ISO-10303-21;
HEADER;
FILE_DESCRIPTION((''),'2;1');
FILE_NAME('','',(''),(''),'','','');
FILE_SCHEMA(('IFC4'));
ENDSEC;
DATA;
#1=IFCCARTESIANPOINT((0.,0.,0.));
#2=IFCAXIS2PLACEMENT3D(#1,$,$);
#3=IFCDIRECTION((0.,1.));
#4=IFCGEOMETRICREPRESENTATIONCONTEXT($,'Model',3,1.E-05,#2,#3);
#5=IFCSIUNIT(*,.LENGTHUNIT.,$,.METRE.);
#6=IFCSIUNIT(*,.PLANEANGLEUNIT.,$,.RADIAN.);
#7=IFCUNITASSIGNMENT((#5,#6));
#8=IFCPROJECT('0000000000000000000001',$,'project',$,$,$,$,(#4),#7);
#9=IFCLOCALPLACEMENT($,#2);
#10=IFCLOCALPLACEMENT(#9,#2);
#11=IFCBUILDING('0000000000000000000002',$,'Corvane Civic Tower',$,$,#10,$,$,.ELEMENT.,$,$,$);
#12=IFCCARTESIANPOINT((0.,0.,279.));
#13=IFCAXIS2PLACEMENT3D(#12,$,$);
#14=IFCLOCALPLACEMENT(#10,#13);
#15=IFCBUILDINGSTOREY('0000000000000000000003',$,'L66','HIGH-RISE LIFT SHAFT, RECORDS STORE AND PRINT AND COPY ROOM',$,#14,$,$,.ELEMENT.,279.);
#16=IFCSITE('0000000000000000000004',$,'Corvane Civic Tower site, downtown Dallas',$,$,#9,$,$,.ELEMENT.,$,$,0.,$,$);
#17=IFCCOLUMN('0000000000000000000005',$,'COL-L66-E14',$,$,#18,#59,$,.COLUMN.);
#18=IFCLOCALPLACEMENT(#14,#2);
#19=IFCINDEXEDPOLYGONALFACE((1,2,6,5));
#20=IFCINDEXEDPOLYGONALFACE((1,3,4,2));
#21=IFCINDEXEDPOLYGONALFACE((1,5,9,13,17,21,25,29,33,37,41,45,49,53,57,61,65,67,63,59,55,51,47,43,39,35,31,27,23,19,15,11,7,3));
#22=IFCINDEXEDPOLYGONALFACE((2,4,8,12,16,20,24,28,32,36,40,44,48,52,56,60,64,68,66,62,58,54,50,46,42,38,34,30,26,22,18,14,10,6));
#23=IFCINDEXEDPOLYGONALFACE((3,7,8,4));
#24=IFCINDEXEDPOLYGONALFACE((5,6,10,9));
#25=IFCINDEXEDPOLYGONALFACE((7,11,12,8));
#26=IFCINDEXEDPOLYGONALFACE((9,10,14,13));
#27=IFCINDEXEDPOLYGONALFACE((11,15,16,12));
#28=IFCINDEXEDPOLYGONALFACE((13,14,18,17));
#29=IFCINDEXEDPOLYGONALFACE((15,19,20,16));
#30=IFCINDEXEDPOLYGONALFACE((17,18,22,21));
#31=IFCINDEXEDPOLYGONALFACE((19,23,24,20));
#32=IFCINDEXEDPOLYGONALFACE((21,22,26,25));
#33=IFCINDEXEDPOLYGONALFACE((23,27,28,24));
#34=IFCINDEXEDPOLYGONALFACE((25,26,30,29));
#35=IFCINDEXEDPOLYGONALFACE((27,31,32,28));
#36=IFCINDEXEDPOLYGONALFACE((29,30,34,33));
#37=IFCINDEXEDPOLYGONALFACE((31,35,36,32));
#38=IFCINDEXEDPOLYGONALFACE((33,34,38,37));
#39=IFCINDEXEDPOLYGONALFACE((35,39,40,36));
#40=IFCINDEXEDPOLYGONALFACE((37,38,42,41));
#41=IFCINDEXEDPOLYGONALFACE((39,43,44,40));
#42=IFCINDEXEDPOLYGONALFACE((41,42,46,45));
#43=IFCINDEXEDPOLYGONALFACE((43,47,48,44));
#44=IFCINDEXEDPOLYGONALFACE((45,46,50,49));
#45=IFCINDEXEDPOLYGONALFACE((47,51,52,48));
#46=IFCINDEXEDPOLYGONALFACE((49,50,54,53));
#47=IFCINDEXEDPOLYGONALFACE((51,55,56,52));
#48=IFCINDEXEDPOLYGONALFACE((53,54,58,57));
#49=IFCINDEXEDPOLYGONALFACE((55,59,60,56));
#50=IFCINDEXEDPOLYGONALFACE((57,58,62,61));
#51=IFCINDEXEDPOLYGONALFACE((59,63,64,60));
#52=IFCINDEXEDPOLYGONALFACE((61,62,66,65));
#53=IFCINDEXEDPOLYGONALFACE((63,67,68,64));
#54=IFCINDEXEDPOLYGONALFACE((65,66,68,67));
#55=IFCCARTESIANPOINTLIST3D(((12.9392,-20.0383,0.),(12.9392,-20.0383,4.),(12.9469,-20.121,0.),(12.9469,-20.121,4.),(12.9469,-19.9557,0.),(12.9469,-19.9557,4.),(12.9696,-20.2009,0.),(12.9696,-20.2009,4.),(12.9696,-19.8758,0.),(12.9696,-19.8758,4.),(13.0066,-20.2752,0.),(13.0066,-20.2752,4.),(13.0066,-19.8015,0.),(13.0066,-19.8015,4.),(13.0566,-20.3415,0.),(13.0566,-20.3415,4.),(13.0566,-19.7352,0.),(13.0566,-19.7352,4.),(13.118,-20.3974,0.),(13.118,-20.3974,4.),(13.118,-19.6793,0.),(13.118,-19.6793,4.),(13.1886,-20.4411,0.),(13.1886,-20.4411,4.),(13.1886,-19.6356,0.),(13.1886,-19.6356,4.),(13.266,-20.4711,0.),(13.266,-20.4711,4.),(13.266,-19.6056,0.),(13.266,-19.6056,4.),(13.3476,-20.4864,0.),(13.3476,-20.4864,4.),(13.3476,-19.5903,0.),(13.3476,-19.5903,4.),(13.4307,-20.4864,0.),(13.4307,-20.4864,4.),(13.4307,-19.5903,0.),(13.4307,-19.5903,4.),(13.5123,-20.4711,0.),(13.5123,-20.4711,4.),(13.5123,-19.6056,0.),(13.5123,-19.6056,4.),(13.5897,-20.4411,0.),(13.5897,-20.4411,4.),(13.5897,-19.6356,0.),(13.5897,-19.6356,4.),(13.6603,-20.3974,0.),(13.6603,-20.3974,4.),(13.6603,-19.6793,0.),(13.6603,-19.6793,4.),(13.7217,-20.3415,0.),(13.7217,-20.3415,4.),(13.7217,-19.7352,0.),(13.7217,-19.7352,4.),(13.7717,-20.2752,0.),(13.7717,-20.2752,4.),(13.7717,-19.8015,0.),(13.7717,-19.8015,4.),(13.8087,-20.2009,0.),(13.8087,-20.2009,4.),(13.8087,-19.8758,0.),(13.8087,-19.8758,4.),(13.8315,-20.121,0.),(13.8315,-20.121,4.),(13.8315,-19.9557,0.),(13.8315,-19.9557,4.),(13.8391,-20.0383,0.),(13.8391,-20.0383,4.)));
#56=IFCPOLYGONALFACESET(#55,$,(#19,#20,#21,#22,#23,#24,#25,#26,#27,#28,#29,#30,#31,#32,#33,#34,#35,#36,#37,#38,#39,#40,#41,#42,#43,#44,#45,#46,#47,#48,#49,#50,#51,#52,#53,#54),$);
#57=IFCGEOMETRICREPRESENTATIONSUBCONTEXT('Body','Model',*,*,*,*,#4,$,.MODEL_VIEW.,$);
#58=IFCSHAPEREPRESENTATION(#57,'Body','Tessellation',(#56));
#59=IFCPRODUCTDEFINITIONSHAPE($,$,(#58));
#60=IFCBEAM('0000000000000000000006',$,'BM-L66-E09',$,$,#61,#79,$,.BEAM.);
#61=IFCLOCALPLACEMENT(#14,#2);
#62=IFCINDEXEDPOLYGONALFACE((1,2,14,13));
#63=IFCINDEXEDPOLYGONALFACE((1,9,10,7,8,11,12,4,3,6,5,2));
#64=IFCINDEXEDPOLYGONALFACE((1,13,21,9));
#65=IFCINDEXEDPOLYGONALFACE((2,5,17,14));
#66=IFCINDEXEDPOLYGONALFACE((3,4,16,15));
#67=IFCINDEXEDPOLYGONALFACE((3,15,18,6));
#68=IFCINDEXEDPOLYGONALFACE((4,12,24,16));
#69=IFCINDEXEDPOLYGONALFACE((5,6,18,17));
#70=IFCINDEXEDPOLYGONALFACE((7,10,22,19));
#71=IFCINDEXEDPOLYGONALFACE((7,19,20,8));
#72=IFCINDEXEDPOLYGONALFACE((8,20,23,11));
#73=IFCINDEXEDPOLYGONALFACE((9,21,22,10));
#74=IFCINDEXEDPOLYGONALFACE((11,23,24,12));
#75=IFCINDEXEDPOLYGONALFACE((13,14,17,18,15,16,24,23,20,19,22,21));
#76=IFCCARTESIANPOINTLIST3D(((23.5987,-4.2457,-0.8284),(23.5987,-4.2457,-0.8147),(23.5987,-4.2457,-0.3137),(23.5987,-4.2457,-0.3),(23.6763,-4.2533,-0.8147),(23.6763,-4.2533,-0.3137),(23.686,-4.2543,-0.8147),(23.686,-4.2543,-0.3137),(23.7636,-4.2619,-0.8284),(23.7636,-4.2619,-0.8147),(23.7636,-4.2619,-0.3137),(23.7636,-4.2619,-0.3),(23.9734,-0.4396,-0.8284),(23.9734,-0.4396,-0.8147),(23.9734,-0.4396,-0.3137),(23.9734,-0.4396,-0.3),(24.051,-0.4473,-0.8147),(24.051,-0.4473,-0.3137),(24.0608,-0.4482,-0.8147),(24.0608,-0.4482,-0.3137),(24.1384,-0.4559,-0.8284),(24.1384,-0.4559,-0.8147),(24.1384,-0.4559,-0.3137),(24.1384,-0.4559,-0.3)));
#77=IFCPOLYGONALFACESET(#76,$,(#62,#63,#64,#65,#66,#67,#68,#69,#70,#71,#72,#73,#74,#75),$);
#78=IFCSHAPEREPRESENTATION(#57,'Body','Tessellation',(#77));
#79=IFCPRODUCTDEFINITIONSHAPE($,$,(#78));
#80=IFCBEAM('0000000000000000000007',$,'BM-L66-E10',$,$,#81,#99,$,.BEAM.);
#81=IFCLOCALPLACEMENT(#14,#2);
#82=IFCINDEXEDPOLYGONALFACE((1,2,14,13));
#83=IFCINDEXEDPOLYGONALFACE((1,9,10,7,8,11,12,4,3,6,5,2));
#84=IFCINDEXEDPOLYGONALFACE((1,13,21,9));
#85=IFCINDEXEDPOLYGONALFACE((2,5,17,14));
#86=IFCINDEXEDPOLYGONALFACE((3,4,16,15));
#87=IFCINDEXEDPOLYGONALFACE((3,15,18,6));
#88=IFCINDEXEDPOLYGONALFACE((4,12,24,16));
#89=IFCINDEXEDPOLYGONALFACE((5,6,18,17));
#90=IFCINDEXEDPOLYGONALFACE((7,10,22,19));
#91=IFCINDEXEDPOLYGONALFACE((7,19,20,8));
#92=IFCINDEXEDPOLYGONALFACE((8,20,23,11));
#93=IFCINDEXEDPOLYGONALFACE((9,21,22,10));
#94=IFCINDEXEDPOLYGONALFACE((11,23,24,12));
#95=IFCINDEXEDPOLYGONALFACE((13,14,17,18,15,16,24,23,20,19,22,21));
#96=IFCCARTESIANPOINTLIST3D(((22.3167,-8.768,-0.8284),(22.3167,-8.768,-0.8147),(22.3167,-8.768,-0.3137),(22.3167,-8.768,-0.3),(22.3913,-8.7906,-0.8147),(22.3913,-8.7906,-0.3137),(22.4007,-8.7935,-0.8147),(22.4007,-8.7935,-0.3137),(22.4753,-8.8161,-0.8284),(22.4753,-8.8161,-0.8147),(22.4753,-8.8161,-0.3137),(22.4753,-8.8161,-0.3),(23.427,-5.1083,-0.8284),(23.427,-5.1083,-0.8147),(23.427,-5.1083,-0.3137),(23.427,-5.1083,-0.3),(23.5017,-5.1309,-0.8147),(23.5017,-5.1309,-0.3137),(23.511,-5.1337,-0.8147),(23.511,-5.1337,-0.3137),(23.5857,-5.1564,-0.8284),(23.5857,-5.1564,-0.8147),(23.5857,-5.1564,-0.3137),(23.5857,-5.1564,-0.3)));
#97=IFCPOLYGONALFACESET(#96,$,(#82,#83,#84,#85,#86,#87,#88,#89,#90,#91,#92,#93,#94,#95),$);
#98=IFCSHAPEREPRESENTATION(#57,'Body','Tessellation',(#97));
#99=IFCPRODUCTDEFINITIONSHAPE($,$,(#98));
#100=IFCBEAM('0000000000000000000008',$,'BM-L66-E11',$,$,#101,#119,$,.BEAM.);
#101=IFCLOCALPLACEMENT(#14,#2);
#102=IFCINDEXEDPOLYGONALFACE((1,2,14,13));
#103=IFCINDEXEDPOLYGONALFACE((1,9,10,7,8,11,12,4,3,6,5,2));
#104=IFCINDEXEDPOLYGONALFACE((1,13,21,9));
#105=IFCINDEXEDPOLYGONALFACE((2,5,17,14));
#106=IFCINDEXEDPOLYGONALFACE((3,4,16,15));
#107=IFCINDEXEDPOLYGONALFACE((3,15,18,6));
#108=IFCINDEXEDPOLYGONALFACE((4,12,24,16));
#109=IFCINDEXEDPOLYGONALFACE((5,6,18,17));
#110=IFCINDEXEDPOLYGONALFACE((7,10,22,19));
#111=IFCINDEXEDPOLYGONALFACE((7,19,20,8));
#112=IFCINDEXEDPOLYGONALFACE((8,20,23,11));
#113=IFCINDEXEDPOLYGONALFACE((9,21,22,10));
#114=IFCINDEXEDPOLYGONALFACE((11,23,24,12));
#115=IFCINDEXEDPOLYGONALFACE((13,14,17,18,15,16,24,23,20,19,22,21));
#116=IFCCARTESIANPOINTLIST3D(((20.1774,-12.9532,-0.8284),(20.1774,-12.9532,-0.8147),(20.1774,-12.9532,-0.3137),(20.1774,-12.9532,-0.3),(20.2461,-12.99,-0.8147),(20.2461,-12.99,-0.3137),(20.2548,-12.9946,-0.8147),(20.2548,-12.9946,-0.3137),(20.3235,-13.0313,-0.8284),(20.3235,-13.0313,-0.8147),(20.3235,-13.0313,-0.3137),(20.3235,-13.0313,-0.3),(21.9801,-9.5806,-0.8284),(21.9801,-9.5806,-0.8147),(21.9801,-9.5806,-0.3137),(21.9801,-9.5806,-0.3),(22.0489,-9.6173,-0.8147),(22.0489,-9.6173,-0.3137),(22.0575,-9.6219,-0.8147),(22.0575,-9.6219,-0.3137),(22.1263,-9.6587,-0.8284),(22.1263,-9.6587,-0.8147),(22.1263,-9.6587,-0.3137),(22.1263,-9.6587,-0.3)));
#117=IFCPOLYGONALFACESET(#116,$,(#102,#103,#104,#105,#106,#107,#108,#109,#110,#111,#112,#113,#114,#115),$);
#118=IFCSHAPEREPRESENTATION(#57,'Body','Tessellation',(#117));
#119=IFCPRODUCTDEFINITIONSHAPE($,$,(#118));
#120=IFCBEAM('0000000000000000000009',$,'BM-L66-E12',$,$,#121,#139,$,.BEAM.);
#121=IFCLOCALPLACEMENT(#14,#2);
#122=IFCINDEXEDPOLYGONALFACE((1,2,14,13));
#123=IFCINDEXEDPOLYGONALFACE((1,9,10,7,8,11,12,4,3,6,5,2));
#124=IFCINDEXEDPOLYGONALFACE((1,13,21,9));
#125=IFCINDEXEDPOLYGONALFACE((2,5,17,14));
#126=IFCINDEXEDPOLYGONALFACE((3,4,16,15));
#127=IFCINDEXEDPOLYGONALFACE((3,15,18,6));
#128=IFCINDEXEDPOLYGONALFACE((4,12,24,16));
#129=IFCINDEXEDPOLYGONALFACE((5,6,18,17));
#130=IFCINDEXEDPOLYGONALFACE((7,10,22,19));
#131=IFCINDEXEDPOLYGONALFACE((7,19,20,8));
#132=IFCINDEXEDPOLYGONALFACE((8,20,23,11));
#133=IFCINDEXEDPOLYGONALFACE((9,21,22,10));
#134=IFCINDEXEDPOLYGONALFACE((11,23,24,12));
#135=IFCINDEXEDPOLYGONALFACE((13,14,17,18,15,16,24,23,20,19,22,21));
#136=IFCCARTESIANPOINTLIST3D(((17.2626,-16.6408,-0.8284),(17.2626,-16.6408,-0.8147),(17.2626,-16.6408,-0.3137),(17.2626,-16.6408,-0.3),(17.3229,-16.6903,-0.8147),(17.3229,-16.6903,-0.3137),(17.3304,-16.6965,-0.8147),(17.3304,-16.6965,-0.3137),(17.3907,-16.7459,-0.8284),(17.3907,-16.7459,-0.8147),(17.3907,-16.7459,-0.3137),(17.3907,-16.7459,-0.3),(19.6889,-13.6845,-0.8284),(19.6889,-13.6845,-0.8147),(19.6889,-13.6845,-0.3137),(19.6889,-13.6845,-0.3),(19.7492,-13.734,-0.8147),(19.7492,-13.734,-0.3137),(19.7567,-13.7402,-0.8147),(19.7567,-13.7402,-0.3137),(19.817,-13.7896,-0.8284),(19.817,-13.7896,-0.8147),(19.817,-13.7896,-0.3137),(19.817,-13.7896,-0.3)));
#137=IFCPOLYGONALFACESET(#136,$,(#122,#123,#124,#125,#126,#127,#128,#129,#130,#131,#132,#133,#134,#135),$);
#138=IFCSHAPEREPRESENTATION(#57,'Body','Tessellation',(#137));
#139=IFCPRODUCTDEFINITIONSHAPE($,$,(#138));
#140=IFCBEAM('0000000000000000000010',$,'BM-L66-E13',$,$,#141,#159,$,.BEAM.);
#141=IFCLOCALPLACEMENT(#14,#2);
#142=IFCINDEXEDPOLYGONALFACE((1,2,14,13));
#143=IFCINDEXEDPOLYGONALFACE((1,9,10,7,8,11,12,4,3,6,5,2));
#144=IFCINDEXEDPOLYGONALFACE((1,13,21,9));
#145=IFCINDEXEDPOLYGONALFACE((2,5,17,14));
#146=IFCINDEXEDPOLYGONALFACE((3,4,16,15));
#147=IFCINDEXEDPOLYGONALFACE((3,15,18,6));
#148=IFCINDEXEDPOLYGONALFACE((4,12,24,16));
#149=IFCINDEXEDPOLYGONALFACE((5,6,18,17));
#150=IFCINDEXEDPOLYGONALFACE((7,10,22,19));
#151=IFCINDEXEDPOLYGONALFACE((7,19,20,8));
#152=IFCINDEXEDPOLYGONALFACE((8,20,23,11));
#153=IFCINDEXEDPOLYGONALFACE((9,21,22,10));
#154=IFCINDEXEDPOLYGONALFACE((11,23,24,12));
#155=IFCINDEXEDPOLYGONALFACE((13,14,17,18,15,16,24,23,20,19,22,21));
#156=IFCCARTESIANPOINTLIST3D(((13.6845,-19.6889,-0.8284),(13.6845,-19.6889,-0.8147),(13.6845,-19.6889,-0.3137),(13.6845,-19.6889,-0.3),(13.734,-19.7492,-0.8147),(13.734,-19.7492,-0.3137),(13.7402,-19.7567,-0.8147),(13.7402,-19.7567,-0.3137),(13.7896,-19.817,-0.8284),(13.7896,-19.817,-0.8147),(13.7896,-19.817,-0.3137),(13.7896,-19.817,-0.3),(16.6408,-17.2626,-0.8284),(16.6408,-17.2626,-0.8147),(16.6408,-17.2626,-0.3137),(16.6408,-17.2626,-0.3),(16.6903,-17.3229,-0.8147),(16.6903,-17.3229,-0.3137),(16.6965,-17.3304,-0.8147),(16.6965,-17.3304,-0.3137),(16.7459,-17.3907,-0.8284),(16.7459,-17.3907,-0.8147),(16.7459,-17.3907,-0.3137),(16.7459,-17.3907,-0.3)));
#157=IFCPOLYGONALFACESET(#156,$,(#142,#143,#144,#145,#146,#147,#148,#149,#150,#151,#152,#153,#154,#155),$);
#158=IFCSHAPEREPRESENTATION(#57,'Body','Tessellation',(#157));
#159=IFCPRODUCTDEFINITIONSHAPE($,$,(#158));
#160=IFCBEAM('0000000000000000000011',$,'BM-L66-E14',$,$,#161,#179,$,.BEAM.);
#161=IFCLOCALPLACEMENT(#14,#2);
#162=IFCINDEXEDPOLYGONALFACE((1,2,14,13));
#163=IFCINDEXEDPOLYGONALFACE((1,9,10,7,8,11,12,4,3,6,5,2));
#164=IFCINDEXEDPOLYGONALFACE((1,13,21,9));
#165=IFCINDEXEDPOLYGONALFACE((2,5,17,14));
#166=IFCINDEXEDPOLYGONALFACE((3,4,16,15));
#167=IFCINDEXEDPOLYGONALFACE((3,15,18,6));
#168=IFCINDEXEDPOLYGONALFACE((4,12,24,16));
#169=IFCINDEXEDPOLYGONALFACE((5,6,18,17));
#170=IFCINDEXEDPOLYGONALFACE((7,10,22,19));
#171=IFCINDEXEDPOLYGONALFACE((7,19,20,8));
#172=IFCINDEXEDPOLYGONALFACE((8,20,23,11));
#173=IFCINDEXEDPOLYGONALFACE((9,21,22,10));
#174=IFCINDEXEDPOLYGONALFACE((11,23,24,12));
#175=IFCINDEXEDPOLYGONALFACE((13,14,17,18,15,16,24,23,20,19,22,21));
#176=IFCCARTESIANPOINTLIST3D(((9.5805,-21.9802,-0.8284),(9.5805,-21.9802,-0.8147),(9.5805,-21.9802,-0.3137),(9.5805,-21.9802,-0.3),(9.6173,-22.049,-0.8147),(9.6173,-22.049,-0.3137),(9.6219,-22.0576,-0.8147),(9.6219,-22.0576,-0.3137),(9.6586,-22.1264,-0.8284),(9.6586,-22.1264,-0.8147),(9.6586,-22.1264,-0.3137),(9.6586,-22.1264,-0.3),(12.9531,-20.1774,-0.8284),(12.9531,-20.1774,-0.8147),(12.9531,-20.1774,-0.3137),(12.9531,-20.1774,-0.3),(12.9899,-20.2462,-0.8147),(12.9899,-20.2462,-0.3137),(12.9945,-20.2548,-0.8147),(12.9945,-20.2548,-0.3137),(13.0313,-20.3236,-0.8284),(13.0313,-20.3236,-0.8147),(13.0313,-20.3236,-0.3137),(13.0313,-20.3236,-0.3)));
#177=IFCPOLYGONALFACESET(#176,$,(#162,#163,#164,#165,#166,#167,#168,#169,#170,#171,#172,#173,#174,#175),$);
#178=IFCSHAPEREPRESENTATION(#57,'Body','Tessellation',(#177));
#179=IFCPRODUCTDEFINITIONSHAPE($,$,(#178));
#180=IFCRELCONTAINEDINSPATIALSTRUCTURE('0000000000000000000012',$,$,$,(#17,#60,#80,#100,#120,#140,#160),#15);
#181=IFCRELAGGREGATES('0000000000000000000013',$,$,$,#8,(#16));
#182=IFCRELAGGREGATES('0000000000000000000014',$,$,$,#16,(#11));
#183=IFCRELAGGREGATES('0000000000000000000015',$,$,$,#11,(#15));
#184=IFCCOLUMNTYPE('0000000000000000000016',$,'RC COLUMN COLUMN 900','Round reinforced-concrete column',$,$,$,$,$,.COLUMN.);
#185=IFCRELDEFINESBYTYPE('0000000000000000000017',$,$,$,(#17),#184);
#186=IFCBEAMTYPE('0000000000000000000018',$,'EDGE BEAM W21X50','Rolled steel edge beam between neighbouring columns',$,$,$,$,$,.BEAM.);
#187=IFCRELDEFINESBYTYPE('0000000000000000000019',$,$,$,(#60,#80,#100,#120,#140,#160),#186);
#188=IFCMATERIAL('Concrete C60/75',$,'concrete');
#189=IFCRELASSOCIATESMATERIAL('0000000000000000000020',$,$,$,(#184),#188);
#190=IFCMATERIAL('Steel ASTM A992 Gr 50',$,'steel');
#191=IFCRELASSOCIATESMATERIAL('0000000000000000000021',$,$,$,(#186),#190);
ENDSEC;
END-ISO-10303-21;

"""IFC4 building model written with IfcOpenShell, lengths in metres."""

from ifc_helpers import new_model, si_unit, direction, frame, origin, origin_2d, place, context, subcontext, project, spatial, circle, i_section, extrude, material, material_profile, profile_set, type_object, element, save


model = new_model("IFC4")

# Units and contexts
model_context = context("Model", 3, precision=1e-05, world=origin(), true_north=direction((0.0, 1.0)))
body_context = subcontext(model_context, "Body", "Model", "MODEL_VIEW")
ifc_project = project(units=[si_unit("LENGTHUNIT", "METRE"), si_unit("PLANEANGLEUNIT", "RADIAN")], contexts=[model_context])

# Site, building, storey
site_placement = place(None, origin())
site = spatial("IfcSite", under=ifc_project, at=site_placement, Name="Corvane Civic Tower site, downtown Dallas", CompositionType="ELEMENT", RefElevation=0.0)
building_placement = place(site_placement, origin())
building = spatial("IfcBuilding", under=site, at=building_placement, Name="Corvane Civic Tower", CompositionType="ELEMENT")
storey_placement = place(building_placement, frame((0.0, 0.0, 279.0)))
storey = spatial("IfcBuildingStorey", under=building, at=storey_placement, Name="L66", Description="HIGH-RISE LIFT SHAFT, RECORDS STORE AND PRINT AND COPY ROOM", CompositionType="ELEMENT", Elevation=279.0)

# Column
ifc_material_1 = material(Name="Concrete C60/75", Category="concrete")
ifc_material_profile_1 = material_profile(ifc_material_1, circle(Radius=0.45, at=origin_2d()), Name="COLUMN 900")
ifc_profile_set_1 = profile_set([ifc_material_profile_1], Name="Concrete C60/75")
column_type = type_object("IfcColumnType", Name="RC COLUMN COLUMN 900", Description="Round reinforced-concrete column", PredefinedType="COLUMN", material=ifc_profile_set_1)
for number, where, z_axis, x_axis, name in (
    (1, (13.3892, -20.0383, 0.0), (0.0, 0.0, 1.0), (1.0, 0.0, 0.0), "COL-L66-E14"),
):
    element("IfcColumn", number, at=place(storey_placement, frame(where, z_axis=z_axis, x_axis=x_axis)), inside=storey, type_object=column_type, Name=name, PredefinedType="COLUMN", context=body_context, shape_type="SweptSolid", body=[
        extrude(circle(Radius=0.45, at=origin_2d()), origin(), (0.0, 0.0, 1.0), 4.0),
    ])

# Beams
ifc_material_2 = material(Name="Steel ASTM A992 Gr 50", Category="steel")
ifc_material_profile_2 = material_profile(ifc_material_2, i_section(OverallWidth=0.1658, OverallDepth=0.5283, WebThickness=0.0098, FlangeThickness=0.0137, at=origin_2d()), Name="W21X50")
ifc_profile_set_2 = profile_set([ifc_material_profile_2], Name="Steel ASTM A992 Gr 50")
beam_type_1 = type_object("IfcBeamType", Name="EDGE BEAM W21X50", Description="Rolled steel edge beam between neighbouring columns", PredefinedType="BEAM", material=ifc_profile_set_2)
for number, where, z_axis, x_axis, name in (
    (2, (24.0559, -0.4478, -0.5642), (-0.097987, -0.995188, 0.0), (0.995188, -0.097987, 0.0), "BM-L66-E09"),
    (3, (23.5063, -5.1323, -0.5642), (-0.290333, -0.956926, 0.0), (0.956926, -0.290333, 0.0), "BM-L66-E10"),
):
    element("IfcBeam", number, at=place(storey_placement, frame(where, z_axis=z_axis, x_axis=x_axis)), inside=storey, type_object=beam_type_1, Name=name, PredefinedType="BEAM", context=body_context, shape_type="SweptSolid", body=[
        extrude(i_section(OverallWidth=0.1658, OverallDepth=0.5283, WebThickness=0.0098, FlangeThickness=0.0137, at=origin_2d()), origin(), (0.0, 0.0, 1.0), 3.8245),
    ])
beam_1_placement = place(storey_placement, frame((22.0532, -9.6196, -0.5642), z_axis=(-0.47141, -0.881914, 0.0), x_axis=(0.881914, -0.47141, 0.0)))
element("IfcBeam", 4, at=beam_1_placement, inside=storey, type_object=beam_type_1, Name="BM-L66-E11", PredefinedType="BEAM", context=body_context, shape_type="SweptSolid", body=[
    extrude(i_section(OverallWidth=0.1658, OverallDepth=0.5283, WebThickness=0.0098, FlangeThickness=0.0137, at=origin_2d()), origin(), (0.0, 0.0, 1.0), 3.8242),
])
for number, where, z_axis, x_axis, name in (
    (5, (19.7529, -13.7371, -0.5642), (-0.634409, -0.772998, 0.0), (0.772998, -0.634409, 0.0), "BM-L66-E12"),
    (6, (16.6934, -17.3267, -0.5642), (-0.772998, -0.634409, 0.0), (0.634409, -0.772998, 0.0), "BM-L66-E13"),
):
    element("IfcBeam", number, at=place(storey_placement, frame(where, z_axis=z_axis, x_axis=x_axis)), inside=storey, type_object=beam_type_1, Name=name, PredefinedType="BEAM", context=body_context, shape_type="SweptSolid", body=[
        extrude(i_section(OverallWidth=0.1658, OverallDepth=0.5283, WebThickness=0.0098, FlangeThickness=0.0137, at=origin_2d()), origin(), (0.0, 0.0, 1.0), 3.8245),
    ])
beam_2_placement = place(storey_placement, frame((12.9922, -20.2505, -0.5642), z_axis=(-0.881914, -0.47141, 0.0), x_axis=(0.47141, -0.881914, 0.0)))
element("IfcBeam", 7, at=beam_2_placement, inside=storey, type_object=beam_type_1, Name="BM-L66-E14", PredefinedType="BEAM", context=body_context, shape_type="SweptSolid", body=[
    extrude(i_section(OverallWidth=0.1658, OverallDepth=0.5283, WebThickness=0.0098, FlangeThickness=0.0137, at=origin_2d()), origin(), (0.0, 0.0, 1.0), 3.8242),
])

save(model, "model.ifc")
